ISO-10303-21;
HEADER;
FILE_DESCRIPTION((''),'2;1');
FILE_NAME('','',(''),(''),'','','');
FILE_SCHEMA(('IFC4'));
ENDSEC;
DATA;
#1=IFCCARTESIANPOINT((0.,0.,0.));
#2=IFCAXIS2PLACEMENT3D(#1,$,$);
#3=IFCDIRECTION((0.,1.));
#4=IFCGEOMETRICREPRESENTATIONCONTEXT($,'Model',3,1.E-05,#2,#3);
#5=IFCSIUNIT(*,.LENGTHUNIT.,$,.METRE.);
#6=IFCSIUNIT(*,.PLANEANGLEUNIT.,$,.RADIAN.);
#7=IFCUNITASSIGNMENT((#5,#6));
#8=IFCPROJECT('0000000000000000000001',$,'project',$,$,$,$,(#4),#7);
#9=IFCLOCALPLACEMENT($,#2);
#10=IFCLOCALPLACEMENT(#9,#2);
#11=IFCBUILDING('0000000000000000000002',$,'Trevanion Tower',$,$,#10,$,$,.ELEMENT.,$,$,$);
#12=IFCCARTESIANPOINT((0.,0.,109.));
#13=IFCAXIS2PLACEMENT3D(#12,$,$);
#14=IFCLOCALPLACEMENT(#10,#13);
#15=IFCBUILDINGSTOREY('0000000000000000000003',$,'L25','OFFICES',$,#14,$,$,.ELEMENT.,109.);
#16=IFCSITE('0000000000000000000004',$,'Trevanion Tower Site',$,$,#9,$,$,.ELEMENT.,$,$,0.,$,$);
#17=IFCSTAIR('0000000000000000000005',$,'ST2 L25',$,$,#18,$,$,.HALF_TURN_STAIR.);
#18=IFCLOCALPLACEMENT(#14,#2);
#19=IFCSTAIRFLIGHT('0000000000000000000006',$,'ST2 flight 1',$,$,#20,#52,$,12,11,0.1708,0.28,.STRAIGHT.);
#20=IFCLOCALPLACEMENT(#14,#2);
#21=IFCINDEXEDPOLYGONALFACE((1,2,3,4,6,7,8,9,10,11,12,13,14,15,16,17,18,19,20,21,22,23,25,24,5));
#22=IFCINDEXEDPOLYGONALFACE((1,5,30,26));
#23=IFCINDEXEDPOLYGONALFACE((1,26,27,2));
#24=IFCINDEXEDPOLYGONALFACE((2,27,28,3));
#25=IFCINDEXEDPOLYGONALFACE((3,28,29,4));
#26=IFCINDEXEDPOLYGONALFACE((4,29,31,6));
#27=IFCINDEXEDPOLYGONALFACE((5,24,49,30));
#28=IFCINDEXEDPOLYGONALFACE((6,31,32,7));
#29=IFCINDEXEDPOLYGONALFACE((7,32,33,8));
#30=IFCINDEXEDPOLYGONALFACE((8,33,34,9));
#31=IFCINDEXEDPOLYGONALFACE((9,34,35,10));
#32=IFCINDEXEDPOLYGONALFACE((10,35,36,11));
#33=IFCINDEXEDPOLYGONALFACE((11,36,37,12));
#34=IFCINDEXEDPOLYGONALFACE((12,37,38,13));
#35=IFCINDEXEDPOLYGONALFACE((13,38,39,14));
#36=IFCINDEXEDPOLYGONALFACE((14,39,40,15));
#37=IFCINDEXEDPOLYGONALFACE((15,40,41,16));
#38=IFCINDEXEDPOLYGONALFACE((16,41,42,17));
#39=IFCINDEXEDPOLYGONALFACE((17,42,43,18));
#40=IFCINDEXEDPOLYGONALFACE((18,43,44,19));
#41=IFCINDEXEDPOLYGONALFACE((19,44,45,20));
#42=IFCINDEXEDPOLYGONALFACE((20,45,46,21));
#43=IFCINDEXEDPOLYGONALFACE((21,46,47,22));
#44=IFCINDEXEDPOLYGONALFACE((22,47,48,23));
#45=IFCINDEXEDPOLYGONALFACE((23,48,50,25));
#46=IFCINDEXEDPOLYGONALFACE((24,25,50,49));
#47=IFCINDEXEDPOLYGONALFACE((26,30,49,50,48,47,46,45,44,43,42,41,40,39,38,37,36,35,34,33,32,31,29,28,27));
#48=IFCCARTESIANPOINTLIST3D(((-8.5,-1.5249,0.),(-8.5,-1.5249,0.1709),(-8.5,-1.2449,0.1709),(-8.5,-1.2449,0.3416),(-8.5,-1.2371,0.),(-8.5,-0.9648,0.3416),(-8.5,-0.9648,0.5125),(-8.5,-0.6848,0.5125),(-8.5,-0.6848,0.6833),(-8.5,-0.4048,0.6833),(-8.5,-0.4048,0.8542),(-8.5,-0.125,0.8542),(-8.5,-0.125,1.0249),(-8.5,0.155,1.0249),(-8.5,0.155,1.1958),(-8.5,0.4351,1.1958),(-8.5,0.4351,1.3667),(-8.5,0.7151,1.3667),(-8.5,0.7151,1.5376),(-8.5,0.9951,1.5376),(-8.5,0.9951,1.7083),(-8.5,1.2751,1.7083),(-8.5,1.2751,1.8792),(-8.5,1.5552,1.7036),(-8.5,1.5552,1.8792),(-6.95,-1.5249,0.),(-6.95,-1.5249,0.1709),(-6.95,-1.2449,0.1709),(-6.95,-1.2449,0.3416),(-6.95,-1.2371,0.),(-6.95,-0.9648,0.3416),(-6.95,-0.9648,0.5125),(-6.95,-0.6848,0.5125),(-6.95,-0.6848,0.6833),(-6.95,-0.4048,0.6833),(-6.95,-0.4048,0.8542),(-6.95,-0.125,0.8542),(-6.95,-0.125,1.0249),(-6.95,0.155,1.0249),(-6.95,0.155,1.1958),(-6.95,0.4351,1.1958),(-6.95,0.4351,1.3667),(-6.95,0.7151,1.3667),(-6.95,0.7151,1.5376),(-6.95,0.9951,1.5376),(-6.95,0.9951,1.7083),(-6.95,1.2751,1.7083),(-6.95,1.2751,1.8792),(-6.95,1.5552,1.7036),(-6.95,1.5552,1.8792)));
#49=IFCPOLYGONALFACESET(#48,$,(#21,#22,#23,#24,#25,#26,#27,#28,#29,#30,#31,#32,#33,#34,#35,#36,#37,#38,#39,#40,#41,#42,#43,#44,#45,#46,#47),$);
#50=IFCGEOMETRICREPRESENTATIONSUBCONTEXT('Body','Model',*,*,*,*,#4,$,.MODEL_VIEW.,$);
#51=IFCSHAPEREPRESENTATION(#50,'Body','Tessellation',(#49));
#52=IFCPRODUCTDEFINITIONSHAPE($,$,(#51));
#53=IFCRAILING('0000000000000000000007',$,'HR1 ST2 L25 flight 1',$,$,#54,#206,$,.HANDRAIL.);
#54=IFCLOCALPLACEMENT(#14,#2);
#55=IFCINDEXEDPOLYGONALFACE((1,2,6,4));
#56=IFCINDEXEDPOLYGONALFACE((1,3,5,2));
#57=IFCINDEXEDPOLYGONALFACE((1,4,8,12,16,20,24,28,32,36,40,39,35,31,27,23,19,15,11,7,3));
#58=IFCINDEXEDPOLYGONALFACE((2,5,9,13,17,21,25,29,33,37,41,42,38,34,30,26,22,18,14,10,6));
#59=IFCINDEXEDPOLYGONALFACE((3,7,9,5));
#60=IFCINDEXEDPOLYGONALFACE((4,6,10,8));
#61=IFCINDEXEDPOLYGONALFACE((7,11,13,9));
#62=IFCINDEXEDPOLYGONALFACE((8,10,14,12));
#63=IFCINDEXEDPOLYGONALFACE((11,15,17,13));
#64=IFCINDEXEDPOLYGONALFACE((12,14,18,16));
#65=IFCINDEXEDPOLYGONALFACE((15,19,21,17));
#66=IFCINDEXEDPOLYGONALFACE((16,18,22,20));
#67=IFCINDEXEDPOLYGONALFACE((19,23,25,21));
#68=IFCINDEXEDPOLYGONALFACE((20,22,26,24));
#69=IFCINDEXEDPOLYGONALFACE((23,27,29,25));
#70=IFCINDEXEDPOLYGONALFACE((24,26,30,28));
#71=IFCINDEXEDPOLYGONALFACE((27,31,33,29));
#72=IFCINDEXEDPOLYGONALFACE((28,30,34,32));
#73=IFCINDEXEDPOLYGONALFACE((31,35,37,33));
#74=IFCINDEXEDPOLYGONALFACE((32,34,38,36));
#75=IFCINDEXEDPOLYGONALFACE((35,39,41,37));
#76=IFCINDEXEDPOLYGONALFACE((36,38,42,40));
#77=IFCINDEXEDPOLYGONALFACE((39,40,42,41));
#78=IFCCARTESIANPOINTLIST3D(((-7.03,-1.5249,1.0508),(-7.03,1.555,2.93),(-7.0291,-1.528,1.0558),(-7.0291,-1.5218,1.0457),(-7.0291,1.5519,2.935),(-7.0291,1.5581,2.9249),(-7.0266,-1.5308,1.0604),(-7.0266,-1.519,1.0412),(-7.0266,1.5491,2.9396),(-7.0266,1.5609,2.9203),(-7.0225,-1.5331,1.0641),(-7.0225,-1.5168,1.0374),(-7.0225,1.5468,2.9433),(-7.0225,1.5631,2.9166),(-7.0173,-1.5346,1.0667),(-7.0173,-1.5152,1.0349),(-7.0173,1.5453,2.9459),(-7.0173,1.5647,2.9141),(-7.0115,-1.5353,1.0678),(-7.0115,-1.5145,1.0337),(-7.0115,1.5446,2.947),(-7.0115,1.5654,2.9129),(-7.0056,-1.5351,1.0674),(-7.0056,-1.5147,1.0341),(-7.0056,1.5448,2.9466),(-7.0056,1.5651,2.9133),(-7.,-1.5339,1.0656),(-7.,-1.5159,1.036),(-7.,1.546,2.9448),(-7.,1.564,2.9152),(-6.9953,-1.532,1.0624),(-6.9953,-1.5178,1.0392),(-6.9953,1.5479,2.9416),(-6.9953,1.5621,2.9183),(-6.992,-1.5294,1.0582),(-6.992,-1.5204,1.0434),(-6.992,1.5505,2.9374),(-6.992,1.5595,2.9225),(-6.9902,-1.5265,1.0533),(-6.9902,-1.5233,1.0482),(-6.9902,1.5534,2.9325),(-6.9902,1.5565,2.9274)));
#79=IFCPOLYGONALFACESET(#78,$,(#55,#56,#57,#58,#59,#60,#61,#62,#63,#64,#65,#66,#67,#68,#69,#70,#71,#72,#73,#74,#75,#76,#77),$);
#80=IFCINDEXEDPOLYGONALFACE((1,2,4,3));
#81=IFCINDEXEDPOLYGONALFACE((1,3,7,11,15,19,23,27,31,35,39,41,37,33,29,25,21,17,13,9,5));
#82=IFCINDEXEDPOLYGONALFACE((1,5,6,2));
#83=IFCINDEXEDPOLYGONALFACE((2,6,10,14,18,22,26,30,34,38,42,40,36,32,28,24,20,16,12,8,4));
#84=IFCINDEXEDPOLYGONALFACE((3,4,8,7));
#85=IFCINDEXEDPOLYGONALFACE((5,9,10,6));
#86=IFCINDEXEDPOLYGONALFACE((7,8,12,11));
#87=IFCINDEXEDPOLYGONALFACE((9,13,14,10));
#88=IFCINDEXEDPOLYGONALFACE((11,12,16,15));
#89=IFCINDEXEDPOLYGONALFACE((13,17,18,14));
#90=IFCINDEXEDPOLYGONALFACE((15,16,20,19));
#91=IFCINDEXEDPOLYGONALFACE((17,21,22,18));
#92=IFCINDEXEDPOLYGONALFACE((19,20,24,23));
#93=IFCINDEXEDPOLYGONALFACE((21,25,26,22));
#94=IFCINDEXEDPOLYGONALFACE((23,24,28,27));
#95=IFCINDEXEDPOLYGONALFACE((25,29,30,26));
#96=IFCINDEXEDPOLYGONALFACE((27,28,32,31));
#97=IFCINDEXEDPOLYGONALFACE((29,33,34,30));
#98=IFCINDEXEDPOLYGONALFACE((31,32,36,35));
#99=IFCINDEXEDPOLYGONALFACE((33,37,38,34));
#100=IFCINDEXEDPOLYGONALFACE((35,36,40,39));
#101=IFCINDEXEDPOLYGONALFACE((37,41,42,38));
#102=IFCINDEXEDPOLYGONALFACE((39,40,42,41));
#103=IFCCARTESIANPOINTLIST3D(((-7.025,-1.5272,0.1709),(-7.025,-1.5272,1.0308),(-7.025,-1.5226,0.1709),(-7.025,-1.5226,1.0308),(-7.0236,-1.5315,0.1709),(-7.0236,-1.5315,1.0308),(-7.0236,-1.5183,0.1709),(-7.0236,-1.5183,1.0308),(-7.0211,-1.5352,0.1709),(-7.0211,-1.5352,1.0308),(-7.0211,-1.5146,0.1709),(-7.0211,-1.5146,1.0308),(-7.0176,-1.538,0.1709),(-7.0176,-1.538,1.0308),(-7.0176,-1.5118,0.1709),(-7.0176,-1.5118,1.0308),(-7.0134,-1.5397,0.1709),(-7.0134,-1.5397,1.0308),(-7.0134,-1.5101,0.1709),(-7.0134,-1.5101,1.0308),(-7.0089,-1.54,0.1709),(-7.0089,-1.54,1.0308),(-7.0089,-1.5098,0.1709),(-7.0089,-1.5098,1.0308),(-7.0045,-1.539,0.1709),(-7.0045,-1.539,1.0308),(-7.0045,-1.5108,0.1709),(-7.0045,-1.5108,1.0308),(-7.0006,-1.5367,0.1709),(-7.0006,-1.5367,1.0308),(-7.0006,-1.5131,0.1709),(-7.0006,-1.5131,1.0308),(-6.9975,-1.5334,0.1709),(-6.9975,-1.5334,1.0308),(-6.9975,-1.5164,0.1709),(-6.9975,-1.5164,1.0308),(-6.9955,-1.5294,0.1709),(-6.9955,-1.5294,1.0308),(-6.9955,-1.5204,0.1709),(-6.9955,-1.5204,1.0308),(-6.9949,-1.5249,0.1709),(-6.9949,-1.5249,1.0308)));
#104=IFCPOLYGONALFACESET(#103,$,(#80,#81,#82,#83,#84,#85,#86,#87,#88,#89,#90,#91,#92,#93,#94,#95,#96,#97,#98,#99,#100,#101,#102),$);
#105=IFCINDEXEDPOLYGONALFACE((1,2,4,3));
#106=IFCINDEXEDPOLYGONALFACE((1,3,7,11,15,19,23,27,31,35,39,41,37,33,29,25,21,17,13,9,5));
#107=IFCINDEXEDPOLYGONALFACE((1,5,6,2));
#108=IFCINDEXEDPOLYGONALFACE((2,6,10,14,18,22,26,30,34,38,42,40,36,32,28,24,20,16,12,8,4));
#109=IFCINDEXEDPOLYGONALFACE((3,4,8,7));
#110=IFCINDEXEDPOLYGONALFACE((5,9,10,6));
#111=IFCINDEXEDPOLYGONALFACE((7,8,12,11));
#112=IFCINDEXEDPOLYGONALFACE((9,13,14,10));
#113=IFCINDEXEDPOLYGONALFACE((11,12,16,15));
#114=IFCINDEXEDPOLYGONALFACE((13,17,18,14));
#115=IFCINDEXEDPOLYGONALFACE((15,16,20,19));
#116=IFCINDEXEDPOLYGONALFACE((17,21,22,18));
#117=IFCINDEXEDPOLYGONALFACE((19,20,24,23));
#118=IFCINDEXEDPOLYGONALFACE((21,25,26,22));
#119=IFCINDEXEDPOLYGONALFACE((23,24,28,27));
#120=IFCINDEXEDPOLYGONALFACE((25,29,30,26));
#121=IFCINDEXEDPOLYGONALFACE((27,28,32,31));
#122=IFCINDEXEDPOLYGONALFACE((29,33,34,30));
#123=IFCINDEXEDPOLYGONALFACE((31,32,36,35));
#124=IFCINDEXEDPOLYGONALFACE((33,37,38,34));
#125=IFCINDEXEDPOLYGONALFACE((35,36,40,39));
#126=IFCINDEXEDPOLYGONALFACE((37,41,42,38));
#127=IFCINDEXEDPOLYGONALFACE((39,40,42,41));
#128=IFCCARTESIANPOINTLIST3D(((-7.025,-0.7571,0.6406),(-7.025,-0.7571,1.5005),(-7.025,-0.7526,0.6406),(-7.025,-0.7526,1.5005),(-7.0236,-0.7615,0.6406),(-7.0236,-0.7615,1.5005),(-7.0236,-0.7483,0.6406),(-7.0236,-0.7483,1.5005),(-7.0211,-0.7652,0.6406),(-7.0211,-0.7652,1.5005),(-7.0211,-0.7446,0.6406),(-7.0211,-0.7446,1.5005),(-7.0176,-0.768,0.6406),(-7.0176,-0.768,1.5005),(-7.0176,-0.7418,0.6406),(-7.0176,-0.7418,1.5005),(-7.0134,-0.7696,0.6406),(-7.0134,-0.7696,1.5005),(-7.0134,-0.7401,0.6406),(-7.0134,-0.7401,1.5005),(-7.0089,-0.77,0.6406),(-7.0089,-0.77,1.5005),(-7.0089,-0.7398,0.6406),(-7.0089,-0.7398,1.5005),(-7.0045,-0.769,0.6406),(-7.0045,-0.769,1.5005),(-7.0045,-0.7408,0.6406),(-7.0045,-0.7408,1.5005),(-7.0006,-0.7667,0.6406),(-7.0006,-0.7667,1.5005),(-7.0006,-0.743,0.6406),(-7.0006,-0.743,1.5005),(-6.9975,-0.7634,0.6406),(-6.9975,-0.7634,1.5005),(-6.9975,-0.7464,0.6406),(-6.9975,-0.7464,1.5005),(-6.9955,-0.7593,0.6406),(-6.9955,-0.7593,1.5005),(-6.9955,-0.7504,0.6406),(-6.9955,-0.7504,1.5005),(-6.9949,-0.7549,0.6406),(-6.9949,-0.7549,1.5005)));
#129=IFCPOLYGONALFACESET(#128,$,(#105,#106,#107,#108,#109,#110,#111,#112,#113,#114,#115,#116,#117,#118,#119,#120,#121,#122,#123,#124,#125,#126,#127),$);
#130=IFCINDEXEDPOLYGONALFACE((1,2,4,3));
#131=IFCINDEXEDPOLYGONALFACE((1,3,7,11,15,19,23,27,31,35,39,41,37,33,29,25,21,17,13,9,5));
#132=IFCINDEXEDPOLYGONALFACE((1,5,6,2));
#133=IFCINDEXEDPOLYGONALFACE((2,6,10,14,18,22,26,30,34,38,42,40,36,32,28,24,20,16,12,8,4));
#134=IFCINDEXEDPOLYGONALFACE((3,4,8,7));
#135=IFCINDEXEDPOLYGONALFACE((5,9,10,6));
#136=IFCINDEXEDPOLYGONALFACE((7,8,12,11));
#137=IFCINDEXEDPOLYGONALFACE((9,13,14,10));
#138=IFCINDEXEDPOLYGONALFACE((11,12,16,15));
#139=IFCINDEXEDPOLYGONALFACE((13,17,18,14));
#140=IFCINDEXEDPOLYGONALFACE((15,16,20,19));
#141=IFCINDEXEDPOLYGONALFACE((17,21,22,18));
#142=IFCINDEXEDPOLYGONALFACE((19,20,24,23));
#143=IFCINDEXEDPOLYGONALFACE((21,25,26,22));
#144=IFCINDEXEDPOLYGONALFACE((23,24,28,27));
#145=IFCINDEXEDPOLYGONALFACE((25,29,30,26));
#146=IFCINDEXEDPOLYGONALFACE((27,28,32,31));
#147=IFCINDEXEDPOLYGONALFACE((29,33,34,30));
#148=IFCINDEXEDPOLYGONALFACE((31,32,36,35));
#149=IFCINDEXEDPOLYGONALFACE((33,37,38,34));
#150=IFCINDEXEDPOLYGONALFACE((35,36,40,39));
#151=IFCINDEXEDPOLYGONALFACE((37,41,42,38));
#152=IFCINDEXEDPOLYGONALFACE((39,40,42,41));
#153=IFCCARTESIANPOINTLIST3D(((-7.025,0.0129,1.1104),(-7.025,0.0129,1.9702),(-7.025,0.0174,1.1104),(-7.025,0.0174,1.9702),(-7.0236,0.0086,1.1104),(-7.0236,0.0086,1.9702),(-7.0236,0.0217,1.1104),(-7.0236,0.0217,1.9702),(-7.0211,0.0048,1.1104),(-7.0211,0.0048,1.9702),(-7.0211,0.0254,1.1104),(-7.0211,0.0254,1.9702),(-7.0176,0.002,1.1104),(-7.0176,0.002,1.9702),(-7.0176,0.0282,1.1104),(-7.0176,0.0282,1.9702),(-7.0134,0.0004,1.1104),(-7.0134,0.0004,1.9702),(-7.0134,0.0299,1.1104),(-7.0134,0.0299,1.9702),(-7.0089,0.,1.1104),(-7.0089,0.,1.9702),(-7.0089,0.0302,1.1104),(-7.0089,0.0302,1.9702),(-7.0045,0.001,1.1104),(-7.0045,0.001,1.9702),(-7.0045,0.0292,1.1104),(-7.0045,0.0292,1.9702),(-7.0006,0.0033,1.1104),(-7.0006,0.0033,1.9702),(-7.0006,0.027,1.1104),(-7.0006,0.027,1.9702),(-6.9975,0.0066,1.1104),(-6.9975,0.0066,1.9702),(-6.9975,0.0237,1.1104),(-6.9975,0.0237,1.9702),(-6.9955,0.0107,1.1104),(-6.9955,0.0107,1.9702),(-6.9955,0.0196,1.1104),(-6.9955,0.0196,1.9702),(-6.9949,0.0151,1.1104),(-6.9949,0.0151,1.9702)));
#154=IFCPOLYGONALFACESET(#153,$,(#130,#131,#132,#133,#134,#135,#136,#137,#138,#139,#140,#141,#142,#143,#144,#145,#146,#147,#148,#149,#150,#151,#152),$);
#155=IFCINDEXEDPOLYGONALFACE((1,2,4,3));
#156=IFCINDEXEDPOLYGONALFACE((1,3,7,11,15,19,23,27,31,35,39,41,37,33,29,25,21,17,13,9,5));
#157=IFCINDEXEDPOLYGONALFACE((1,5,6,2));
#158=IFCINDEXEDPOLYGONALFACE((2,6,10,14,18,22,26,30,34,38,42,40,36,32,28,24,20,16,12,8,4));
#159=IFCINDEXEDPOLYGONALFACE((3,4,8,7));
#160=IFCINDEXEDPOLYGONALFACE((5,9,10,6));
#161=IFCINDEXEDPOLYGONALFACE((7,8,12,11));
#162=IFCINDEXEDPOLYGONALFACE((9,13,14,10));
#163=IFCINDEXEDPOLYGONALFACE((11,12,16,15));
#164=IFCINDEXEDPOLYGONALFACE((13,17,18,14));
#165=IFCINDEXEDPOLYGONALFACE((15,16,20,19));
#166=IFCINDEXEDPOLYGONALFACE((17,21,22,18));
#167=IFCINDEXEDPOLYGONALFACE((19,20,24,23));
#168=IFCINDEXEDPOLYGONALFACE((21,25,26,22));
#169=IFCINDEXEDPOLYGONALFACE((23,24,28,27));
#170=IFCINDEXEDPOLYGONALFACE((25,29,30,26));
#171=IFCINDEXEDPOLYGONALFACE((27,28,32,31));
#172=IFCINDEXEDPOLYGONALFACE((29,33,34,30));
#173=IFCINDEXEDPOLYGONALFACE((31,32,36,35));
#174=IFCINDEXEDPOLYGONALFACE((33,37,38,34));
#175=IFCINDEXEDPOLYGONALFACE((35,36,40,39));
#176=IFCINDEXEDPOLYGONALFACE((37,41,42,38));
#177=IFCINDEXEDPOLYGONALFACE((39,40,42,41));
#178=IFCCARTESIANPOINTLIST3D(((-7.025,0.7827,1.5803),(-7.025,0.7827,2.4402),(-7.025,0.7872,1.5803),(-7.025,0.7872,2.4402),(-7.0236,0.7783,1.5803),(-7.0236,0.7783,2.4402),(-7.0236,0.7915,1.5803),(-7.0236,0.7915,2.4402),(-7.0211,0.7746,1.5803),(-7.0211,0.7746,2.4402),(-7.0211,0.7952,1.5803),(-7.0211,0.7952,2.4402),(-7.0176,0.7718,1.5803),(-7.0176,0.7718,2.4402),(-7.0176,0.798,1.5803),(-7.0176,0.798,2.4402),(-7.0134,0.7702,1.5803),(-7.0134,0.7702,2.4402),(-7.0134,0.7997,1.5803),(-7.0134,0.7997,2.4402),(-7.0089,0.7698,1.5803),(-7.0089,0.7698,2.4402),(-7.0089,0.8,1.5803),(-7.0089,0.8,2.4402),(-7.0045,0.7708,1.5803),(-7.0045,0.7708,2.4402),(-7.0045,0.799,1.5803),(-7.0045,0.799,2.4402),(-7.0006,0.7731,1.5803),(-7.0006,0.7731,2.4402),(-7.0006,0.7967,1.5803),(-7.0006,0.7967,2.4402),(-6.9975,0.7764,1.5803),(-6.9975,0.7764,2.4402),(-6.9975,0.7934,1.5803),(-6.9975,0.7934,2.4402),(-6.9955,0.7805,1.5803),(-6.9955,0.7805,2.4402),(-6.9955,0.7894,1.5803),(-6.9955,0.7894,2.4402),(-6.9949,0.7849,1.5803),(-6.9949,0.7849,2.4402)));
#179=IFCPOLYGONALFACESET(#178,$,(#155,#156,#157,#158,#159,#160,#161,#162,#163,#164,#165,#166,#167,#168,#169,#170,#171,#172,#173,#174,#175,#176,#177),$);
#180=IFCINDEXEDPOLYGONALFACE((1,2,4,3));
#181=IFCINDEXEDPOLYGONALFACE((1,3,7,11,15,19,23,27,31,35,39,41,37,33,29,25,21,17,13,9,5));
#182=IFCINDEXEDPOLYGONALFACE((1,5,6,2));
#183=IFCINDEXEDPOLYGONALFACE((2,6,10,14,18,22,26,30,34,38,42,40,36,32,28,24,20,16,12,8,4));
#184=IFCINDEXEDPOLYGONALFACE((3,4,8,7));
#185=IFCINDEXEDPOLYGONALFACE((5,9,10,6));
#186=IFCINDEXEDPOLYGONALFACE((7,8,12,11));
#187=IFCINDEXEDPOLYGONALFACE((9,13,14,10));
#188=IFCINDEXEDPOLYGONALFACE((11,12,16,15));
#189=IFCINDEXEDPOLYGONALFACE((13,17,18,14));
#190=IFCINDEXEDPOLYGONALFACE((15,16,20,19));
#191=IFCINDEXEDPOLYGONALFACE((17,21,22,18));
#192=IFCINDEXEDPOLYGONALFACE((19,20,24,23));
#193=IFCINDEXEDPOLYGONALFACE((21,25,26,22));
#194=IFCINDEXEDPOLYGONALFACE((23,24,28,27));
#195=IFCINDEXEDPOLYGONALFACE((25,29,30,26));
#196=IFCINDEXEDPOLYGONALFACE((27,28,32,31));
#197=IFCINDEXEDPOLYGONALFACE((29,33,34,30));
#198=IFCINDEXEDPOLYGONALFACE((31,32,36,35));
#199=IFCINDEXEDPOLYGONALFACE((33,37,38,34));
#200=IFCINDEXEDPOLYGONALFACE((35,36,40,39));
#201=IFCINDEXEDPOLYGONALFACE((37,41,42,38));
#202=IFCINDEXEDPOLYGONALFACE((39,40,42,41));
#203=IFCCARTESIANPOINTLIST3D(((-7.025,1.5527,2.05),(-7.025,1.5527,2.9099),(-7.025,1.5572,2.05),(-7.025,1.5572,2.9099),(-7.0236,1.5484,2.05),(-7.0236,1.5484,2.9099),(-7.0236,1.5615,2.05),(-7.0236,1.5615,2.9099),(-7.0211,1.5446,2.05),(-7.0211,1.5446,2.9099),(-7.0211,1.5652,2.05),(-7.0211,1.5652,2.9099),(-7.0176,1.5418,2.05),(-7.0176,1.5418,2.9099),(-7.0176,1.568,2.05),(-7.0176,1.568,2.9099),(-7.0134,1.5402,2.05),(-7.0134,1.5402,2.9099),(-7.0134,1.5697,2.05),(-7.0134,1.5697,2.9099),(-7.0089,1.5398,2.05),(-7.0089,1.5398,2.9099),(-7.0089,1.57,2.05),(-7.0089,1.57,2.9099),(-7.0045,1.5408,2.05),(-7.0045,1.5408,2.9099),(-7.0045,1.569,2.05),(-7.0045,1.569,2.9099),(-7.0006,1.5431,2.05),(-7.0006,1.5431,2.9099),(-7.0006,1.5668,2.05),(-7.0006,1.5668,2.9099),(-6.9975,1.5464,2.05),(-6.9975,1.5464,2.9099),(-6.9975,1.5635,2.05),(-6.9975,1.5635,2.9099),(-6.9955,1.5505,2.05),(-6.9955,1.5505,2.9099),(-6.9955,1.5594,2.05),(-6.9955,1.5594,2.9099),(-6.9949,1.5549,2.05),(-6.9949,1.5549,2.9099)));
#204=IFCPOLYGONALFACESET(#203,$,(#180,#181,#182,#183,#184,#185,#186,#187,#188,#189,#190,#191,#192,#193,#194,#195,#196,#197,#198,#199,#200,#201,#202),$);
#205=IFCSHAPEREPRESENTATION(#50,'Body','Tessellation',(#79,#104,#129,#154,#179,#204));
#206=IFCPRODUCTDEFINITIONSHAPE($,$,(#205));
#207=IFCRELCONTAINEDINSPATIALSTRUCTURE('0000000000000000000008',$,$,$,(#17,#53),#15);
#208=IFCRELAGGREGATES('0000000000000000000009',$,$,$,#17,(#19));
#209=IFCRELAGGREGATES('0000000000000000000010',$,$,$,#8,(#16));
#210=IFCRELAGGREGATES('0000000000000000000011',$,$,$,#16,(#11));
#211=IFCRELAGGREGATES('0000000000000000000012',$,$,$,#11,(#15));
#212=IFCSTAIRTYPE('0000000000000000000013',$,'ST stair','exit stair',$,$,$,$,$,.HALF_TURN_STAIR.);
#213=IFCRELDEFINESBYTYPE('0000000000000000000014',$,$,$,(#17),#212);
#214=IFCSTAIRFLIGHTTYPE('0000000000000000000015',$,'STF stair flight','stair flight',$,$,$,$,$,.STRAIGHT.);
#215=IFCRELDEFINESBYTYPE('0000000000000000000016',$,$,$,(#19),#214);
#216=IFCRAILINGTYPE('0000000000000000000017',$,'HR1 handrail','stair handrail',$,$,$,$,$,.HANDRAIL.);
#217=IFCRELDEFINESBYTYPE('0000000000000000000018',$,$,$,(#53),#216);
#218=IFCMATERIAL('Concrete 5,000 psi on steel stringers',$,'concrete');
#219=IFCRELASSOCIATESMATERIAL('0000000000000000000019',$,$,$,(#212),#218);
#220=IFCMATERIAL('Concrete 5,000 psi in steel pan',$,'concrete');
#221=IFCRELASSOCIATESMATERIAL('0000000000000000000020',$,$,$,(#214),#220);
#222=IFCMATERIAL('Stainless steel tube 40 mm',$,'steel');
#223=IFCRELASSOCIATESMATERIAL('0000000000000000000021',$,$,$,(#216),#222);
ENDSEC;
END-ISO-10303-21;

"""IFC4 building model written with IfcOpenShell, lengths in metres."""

from ifc_helpers import new_model, si_unit, direction, frame, origin, origin_2d, place, context, subcontext, project, spatial, polyline, circle, outline, extrude, material, type_object, element, aggregate, save


model = new_model("IFC4")

# Units and contexts
model_context = context("Model", 3, precision=1e-05, world=origin(), true_north=direction((0.0, 1.0)))
body_context = subcontext(model_context, "Body", "Model", "MODEL_VIEW")
ifc_project = project(units=[si_unit("LENGTHUNIT", "METRE"), si_unit("PLANEANGLEUNIT", "RADIAN")], contexts=[model_context])

# Site, building, storey
site_placement = place(None, origin())
site = spatial("IfcSite", under=ifc_project, at=site_placement, Name="Trevanion Tower Site", CompositionType="ELEMENT", RefElevation=0.0)
building_placement = place(site_placement, origin())
building = spatial("IfcBuilding", under=site, at=building_placement, Name="Trevanion Tower", CompositionType="ELEMENT")
storey_placement = place(building_placement, frame((0.0, 0.0, 109.0)))
storey = spatial("IfcBuildingStorey", under=building, at=storey_placement, Name="L25", Description="OFFICES", CompositionType="ELEMENT", Elevation=109.0)

# Stair, stair flight
ifc_material_1 = material(Name="Concrete 5,000 psi on steel stringers", Category="concrete")
stair_type = type_object("IfcStairType", Name="ST stair", Description="exit stair", PredefinedType="HALF_TURN_STAIR", material=ifc_material_1)
stair_placement = place(storey_placement, origin())
stair = element("IfcStair", 1, at=stair_placement, inside=storey, type_object=stair_type, Name="ST2 L25", PredefinedType="HALF_TURN_STAIR")
ifc_material_2 = material(Name="Concrete 5,000 psi in steel pan", Category="concrete")
stair_flight_type = type_object("IfcStairFlightType", Name="STF stair flight", Description="stair flight", PredefinedType="STRAIGHT", material=ifc_material_2)
stair_flight_placement = place(storey_placement, frame((-7.7251, -1.5249, 0.0), z_axis=(0.0, 0.0, 1.0), x_axis=(0.0, 1.0, 0.0)))
stair_flight = element("IfcStairFlight", 2, at=stair_flight_placement, type_object=stair_flight_type, Name="ST2 flight 1", NumberOfRisers=12, NumberOfTreads=11, PredefinedType="STRAIGHT", RiserHeight=0.1708, TreadLength=0.28, context=body_context, shape_type="SweptSolid", body=[
    extrude(outline(polyline([(0.0, 0.0), (0.0, 0.1709), (0.28, 0.1709), (0.28, 0.3416), (0.5601, 0.3416), (0.5601, 0.5125), (0.8401, 0.5125), (0.8401, 0.6833), (1.1201, 0.6833), (1.1201, 0.8542), (1.3999, 0.8542), (1.3999, 1.0249), (1.6799, 1.0249), (1.6799, 1.1958), (1.96, 1.1958), (1.96, 1.3667), (2.24, 1.3667), (2.24, 1.5376), (2.52, 1.5376), (2.52, 1.7083), (2.8, 1.7083), (2.8, 1.8792), (3.0801, 1.8792), (3.0801, 2.05), (3.0801, 1.7036), (0.2878, 0.0), (0.0, 0.0)])), frame((0.0, 0.7749, 0.0), z_axis=(0.0, -1.0, 0.0), x_axis=(1.0, 0.0, 0.0)), (0.0, 0.0, 1.0), 1.55),
])
aggregate(stair, [stair_flight])

# Railing
ifc_material_3 = material(Name="Stainless steel tube 40 mm", Category="steel")
railing_type = type_object("IfcRailingType", Name="HR1 handrail", Description="stair handrail", PredefinedType="HANDRAIL", material=ifc_material_3)
for number, where, name in (
    (3, (-7.01, -1.5249, 0.1709), "HR1 ST2 L25 flight 1"),
):
    element("IfcRailing", number, at=place(storey_placement, frame(where)), inside=storey, type_object=railing_type, Name=name, PredefinedType="HANDRAIL", context=body_context, shape_type="SweptSolid", body=[
        extrude(circle(Radius=0.02, at=origin_2d()), frame((0.0, 0.0, 0.8799), z_axis=(0.0, 0.853648, 0.52085), x_axis=(-1.0, 0.0, 0.0)), (0.0, 0.0, 1.0), 3.6079),
        extrude(circle(Radius=0.0151, at=origin_2d()), origin(), (0.0, 0.0, 1.0), 0.8599),
        extrude(circle(Radius=0.0151, at=origin_2d()), frame((0.0, 0.77, 0.4697)), (0.0, 0.0, 1.0), 0.8599),
        extrude(circle(Radius=0.0151, at=origin_2d()), frame((0.0, 1.54, 0.9395)), (0.0, 0.0, 1.0), 0.8599),
        extrude(circle(Radius=0.0151, at=origin_2d()), frame((0.0, 2.3098, 1.4094)), (0.0, 0.0, 1.0), 0.8599),
        extrude(circle(Radius=0.0151, at=origin_2d()), frame((0.0, 3.0798, 1.8792)), (0.0, 0.0, 1.0), 0.8599),
    ])

save(model, "model.ifc")
